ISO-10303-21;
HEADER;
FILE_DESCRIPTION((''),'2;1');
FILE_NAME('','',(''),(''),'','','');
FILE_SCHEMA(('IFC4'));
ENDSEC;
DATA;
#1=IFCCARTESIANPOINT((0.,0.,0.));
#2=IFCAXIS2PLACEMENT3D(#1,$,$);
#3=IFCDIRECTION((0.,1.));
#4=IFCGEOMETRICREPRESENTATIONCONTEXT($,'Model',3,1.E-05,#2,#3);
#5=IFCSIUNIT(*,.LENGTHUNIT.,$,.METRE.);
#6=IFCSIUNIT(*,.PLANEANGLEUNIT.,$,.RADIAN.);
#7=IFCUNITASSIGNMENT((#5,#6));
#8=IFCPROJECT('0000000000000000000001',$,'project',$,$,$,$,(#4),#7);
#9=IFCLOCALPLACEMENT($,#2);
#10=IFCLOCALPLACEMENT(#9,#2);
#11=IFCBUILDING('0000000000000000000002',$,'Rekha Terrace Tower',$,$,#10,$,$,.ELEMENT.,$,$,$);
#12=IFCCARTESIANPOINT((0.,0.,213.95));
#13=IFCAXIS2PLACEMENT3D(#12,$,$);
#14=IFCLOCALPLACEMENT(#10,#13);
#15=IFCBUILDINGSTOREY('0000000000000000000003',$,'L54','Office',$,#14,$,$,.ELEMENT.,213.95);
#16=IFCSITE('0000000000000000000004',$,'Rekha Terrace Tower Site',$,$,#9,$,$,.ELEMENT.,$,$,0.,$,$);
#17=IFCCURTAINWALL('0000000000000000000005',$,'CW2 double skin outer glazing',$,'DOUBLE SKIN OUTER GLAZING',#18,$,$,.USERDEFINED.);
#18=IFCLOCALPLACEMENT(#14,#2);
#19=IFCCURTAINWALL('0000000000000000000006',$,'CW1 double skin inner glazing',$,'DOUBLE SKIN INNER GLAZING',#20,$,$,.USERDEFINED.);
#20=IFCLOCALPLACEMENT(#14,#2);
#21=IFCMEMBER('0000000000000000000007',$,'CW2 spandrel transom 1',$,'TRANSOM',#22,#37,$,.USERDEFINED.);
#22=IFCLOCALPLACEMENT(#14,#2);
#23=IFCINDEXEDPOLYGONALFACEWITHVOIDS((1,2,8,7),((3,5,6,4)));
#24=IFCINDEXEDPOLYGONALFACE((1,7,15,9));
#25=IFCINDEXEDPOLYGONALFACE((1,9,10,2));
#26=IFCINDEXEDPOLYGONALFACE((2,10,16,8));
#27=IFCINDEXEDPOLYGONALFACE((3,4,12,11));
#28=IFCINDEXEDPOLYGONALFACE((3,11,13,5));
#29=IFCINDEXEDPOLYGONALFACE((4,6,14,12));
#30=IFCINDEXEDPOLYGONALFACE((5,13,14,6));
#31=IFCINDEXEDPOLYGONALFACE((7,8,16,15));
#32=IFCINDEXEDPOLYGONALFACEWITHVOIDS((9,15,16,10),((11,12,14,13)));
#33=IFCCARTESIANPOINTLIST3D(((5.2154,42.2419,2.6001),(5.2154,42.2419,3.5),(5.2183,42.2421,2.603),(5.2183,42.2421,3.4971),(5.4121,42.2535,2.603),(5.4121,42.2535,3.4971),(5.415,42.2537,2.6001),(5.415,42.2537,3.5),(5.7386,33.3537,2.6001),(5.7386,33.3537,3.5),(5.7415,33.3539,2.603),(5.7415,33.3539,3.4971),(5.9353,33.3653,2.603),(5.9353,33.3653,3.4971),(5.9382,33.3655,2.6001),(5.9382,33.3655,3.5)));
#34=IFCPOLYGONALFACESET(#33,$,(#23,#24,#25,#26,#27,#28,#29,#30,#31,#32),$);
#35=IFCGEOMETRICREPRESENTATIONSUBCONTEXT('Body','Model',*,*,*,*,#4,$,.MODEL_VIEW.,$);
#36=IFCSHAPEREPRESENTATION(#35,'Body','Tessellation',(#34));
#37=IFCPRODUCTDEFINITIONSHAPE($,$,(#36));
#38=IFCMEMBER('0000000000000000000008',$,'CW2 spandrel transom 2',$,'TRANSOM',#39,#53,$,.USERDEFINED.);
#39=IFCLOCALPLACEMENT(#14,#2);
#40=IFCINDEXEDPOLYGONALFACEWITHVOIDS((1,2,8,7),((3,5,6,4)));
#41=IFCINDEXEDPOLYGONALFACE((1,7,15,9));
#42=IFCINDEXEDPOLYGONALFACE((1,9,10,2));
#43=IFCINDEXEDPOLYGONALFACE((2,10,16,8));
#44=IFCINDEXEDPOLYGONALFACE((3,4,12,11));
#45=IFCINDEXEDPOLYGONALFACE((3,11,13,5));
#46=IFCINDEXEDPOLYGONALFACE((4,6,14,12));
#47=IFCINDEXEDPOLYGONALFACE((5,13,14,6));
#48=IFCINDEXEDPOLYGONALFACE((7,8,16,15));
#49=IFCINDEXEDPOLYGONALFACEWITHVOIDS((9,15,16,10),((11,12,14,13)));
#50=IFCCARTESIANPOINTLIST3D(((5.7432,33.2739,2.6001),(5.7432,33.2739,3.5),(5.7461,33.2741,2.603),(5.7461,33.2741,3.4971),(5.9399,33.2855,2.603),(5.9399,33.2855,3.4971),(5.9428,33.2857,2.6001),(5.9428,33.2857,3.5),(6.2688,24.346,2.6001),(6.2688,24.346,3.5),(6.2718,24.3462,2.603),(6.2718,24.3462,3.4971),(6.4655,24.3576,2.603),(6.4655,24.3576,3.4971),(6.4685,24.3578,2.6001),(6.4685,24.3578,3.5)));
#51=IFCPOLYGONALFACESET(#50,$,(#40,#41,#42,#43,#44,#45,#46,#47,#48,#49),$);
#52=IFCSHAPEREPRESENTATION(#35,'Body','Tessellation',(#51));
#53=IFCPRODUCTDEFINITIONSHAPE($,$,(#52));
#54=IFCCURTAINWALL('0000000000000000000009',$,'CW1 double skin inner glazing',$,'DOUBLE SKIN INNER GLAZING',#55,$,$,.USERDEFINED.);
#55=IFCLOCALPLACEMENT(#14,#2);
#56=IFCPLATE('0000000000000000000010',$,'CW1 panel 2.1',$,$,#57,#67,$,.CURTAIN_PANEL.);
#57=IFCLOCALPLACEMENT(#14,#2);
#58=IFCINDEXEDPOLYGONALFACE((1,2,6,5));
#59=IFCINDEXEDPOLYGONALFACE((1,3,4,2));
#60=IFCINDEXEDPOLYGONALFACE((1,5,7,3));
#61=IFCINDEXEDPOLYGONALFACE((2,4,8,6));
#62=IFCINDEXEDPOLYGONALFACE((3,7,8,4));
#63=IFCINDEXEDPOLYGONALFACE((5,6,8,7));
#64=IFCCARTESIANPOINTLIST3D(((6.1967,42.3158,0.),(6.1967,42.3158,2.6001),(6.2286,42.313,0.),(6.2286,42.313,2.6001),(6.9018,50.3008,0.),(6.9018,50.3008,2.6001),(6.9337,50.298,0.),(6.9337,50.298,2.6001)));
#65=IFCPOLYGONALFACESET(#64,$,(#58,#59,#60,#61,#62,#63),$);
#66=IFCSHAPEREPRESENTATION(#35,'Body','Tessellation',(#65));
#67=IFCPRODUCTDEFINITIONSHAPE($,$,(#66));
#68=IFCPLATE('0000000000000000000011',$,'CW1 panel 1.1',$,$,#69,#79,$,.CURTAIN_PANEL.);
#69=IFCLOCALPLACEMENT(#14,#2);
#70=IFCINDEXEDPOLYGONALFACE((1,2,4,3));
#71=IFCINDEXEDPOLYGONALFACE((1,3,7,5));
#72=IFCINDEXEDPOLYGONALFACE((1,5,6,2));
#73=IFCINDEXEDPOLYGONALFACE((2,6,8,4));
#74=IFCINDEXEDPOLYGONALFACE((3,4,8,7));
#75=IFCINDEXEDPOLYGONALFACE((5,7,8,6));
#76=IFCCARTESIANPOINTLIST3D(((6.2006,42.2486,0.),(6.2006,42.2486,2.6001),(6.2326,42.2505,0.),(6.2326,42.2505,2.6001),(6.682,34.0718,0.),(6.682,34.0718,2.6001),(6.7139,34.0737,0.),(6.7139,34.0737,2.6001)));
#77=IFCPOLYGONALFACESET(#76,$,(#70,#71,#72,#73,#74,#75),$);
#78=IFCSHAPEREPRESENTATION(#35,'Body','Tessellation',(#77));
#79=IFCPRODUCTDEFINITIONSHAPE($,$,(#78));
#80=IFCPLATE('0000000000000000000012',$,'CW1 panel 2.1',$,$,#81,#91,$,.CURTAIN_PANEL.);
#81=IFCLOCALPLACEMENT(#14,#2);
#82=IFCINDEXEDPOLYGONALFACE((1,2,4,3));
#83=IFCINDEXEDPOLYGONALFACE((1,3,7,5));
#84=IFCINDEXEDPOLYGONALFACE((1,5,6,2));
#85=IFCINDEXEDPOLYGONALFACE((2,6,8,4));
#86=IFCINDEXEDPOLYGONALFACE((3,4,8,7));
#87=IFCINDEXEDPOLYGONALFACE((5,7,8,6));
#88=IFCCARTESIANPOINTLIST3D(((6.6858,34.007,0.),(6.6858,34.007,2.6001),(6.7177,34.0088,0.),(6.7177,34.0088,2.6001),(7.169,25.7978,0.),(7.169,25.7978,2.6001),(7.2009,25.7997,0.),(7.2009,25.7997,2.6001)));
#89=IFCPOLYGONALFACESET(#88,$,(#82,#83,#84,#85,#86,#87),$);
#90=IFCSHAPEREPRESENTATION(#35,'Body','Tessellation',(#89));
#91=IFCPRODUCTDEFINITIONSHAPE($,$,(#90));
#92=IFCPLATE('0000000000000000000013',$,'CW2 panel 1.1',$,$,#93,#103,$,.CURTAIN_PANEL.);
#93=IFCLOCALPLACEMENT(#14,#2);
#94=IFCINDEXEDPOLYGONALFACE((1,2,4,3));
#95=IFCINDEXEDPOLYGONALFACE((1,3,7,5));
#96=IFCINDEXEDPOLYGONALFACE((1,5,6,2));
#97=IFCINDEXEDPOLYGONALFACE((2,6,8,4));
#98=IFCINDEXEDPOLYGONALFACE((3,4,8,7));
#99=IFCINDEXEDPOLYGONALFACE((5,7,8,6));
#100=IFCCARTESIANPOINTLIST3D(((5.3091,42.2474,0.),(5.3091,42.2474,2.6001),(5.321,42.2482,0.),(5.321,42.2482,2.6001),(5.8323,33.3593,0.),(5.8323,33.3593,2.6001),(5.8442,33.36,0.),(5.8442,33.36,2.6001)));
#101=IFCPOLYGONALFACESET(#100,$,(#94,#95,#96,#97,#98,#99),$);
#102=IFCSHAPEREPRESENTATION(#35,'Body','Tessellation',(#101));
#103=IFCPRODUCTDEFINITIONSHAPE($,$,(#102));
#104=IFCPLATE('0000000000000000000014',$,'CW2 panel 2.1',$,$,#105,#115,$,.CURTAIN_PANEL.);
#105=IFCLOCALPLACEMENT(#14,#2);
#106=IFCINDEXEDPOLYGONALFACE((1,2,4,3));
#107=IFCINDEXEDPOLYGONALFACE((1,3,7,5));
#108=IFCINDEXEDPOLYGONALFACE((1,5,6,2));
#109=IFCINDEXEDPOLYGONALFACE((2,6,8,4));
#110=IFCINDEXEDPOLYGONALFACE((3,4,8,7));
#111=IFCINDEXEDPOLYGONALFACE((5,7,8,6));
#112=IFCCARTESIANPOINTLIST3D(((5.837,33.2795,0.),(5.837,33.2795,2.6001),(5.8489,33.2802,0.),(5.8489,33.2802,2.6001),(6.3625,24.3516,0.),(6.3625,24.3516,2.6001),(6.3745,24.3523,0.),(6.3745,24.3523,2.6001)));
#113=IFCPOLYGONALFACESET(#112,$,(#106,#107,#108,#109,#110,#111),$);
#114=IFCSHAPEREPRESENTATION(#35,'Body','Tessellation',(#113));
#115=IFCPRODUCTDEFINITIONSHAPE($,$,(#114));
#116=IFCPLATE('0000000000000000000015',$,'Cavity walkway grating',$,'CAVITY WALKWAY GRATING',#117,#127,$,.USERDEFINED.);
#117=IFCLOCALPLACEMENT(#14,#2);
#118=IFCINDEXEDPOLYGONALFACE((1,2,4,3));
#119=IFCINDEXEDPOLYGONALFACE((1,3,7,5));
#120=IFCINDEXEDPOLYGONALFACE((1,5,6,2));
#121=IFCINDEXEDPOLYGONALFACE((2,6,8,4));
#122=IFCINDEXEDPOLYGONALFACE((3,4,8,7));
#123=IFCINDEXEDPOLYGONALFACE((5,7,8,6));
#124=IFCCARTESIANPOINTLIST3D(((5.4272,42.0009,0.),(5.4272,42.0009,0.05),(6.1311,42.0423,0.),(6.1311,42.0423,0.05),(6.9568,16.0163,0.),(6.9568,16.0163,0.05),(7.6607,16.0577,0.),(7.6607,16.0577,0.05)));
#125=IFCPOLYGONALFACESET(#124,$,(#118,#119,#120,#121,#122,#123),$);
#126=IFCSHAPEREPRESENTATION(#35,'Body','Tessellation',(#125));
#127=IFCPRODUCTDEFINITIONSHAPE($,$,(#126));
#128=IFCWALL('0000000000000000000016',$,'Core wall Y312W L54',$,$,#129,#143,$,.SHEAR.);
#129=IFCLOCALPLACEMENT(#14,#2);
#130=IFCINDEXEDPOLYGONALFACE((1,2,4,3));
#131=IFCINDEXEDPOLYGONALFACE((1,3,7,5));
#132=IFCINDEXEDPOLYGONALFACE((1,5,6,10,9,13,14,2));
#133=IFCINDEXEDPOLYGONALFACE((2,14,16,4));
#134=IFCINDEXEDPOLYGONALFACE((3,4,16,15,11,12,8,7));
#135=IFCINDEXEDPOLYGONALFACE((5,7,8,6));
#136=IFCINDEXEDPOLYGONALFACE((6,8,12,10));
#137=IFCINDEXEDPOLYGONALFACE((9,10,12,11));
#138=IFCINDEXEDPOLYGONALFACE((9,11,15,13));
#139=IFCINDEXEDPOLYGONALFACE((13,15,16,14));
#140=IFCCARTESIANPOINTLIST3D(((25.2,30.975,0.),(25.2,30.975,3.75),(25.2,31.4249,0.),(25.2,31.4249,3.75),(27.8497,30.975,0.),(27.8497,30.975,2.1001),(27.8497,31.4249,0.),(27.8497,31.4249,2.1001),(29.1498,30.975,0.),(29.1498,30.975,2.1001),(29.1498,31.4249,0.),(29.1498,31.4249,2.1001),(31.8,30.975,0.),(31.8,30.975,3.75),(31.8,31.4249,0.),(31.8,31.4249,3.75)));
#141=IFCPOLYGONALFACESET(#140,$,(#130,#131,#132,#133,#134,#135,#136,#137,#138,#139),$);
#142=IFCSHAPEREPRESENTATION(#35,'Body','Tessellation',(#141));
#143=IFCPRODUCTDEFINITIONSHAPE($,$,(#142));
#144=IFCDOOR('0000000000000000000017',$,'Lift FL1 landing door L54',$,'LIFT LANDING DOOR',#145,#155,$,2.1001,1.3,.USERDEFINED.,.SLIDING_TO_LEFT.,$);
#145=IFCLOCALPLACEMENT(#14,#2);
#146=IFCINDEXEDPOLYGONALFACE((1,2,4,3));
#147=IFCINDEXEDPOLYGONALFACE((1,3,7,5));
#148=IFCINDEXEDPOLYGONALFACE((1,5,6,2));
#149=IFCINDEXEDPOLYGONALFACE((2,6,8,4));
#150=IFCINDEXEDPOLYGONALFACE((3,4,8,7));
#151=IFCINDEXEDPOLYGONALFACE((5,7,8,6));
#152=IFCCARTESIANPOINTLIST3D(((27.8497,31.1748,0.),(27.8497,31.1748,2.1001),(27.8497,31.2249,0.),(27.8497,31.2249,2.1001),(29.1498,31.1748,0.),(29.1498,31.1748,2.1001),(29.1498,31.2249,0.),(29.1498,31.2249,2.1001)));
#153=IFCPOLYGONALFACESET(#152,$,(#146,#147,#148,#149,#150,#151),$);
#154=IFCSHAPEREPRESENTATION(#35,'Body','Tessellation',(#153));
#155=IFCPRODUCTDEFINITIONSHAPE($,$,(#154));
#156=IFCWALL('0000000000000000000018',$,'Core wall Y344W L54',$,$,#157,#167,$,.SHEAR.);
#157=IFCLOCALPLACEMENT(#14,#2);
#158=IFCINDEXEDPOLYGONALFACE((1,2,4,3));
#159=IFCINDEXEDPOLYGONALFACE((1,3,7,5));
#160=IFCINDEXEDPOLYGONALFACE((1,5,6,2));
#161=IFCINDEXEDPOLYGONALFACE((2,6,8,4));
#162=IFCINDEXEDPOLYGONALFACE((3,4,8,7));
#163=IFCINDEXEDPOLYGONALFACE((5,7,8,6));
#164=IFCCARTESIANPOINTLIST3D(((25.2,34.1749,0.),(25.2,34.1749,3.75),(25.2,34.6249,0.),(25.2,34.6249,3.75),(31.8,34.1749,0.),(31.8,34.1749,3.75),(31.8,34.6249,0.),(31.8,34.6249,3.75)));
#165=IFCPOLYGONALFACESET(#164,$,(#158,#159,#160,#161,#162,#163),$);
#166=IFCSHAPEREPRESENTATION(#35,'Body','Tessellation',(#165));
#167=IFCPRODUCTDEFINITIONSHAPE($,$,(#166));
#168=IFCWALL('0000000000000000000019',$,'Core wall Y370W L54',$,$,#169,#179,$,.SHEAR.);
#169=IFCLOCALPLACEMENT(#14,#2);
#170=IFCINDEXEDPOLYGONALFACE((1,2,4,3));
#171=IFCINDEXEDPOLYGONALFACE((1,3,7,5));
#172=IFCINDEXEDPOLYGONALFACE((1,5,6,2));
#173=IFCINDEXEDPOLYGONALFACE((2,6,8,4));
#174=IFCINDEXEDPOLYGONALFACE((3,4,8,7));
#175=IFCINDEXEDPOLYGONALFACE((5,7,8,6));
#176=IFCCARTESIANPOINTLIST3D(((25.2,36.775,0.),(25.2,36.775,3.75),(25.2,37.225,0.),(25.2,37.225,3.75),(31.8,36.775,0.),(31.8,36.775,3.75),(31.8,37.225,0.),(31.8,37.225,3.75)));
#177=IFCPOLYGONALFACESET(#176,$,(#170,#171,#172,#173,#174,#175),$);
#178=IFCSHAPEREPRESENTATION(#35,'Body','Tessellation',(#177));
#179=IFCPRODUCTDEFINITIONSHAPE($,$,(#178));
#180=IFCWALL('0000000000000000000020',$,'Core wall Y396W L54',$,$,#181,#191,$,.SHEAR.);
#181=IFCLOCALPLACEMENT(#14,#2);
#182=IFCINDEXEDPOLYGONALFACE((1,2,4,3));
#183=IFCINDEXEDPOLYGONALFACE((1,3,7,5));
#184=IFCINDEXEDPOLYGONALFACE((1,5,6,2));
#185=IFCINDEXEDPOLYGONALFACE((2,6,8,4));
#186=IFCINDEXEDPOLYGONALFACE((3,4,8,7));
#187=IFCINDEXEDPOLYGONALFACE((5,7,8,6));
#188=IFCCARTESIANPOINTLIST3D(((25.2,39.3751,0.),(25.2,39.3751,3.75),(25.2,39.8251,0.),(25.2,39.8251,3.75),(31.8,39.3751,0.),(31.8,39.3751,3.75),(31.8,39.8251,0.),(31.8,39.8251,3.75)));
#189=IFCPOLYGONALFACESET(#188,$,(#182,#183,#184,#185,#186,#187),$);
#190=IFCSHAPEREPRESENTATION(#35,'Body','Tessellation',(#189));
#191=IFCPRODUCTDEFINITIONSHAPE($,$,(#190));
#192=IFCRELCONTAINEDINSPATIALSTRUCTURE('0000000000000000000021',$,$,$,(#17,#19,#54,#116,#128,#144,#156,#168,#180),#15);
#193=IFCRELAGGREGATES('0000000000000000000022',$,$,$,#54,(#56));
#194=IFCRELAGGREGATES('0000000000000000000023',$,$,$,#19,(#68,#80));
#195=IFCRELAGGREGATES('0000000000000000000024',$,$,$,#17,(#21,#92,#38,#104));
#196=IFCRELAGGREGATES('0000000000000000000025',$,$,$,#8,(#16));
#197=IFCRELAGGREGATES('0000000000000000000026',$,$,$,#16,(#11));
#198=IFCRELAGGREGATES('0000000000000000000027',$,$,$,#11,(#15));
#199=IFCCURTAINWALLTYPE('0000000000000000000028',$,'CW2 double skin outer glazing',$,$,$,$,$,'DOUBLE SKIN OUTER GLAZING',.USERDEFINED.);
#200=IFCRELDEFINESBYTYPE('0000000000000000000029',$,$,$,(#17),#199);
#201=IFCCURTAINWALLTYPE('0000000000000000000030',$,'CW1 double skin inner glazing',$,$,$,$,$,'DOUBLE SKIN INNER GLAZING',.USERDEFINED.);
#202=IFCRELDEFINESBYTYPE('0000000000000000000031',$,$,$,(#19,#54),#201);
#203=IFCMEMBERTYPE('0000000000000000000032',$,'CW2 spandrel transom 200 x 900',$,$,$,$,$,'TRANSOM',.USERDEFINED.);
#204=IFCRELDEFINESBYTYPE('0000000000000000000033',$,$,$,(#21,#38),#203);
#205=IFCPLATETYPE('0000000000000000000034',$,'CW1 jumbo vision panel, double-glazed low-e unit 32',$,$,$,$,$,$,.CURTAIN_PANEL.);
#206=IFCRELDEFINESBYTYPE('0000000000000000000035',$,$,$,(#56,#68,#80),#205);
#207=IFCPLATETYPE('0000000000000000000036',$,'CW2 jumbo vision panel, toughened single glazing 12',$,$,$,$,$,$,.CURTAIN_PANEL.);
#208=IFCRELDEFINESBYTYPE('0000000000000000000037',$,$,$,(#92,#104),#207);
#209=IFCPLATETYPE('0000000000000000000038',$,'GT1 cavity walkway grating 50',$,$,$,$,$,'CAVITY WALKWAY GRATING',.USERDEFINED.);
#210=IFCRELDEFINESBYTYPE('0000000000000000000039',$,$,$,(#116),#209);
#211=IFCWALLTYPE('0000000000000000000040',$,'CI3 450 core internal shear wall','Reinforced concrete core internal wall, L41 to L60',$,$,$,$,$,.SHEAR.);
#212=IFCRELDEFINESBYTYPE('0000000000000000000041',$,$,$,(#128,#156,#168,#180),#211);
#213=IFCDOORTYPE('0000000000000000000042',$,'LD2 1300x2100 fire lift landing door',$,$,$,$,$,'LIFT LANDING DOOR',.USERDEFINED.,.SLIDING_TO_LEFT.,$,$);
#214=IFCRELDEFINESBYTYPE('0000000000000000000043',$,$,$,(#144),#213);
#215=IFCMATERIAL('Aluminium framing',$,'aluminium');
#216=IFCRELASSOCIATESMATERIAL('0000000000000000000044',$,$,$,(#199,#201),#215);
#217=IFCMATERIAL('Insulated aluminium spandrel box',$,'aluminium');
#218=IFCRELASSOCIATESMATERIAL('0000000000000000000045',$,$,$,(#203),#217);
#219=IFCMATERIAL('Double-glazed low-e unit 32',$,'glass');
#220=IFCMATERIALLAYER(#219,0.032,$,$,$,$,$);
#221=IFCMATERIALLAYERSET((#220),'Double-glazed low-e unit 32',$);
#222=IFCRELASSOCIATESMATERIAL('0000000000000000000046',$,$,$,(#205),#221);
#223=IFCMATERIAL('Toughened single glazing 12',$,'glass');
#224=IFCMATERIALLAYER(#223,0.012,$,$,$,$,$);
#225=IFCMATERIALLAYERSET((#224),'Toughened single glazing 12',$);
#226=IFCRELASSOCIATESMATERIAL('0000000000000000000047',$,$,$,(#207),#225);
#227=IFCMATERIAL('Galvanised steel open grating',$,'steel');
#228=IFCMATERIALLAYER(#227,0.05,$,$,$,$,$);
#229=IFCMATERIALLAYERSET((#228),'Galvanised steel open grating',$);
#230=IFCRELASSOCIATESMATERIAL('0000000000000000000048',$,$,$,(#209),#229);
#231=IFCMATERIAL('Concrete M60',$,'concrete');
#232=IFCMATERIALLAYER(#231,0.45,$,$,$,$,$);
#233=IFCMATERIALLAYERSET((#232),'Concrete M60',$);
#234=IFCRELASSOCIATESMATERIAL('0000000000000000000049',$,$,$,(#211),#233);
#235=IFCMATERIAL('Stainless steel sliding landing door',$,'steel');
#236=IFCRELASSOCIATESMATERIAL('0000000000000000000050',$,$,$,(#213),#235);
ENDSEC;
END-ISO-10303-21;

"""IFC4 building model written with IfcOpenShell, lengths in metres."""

from ifc_helpers import new_model, si_unit, direction, frame, frame_2d, origin, origin_2d, place, context, subcontext, project, spatial, rectangle, hollow_rectangle, extrude, material, layer, layer_set, material_profile, profile_set, type_object, element, fill, aggregate, save


model = new_model("IFC4")

# Units and contexts
model_context = context("Model", 3, precision=1e-05, world=origin(), true_north=direction((0.0, 1.0)))
body_context = subcontext(model_context, "Body", "Model", "MODEL_VIEW")
ifc_project = project(units=[si_unit("LENGTHUNIT", "METRE"), si_unit("PLANEANGLEUNIT", "RADIAN")], contexts=[model_context])

# Site, building, storey
site_placement = place(None, origin())
site = spatial("IfcSite", under=ifc_project, at=site_placement, Name="Rekha Terrace Tower Site", CompositionType="ELEMENT", RefElevation=0.0)
building_placement = place(site_placement, origin())
building = spatial("IfcBuilding", under=site, at=building_placement, Name="Rekha Terrace Tower", CompositionType="ELEMENT")
storey_placement = place(building_placement, frame((0.0, 0.0, 213.95)))
storey = spatial("IfcBuildingStorey", under=building, at=storey_placement, Name="L54", Description="Office", CompositionType="ELEMENT", Elevation=213.95)

# Curtain wall
ifc_material_1 = material(Name="Aluminium framing", Category="aluminium")
curtain_wall_type_1 = type_object("IfcCurtainWallType", Name="CW2 double skin outer glazing", ElementType="DOUBLE SKIN OUTER GLAZING", PredefinedType="USERDEFINED", material=ifc_material_1)
curtain_wall_1_placement = place(storey_placement, origin())
curtain_wall_1 = element("IfcCurtainWall", 1, at=curtain_wall_1_placement, inside=storey, type_object=curtain_wall_type_1, Name="CW2 double skin outer glazing", ObjectType="DOUBLE SKIN OUTER GLAZING", PredefinedType="USERDEFINED")

# Curtain wall
curtain_wall_type_2 = type_object("IfcCurtainWallType", Name="CW1 double skin inner glazing", ElementType="DOUBLE SKIN INNER GLAZING", PredefinedType="USERDEFINED", material=ifc_material_1)
curtain_wall_2_placement = place(storey_placement, origin())
curtain_wall_2 = element("IfcCurtainWall", 2, at=curtain_wall_2_placement, inside=storey, type_object=curtain_wall_type_2, Name="CW1 double skin inner glazing", ObjectType="DOUBLE SKIN INNER GLAZING", PredefinedType="USERDEFINED")
ifc_material_2 = material(Name="Insulated aluminium spandrel box", Category="aluminium")

# Members
ifc_material_profile_1 = material_profile(ifc_material_2, hollow_rectangle(XDim=0.2, YDim=0.8999, WallThickness=0.0029, at=origin_2d()), Name="AL SPANDREL BOX 200x900")
ifc_profile_set_1 = profile_set([ifc_material_profile_1], Name="Insulated aluminium spandrel box")
member_type_1 = type_object("IfcMemberType", Name="CW2 spandrel transom 200 x 900", ElementType="TRANSOM", PredefinedType="USERDEFINED", material=ifc_profile_set_1)
member_1_placement = place(storey_placement, frame((5.3152, 42.2478, 3.05), z_axis=(0.058762, -0.998272, 0.0), x_axis=(0.998272, 0.058762, 0.0)))
member_1 = element("IfcMember", 3, at=member_1_placement, type_object=member_type_1, Name="CW2 spandrel transom 1", ObjectType="TRANSOM", PredefinedType="USERDEFINED", context=body_context, shape_type="SweptSolid", body=[
    extrude(hollow_rectangle(XDim=0.2, YDim=0.8999, WallThickness=0.0029, at=origin_2d()), origin(), (0.0, 0.0, 1.0), 8.9036),
])
member_2_placement = place(storey_placement, frame((5.843, 33.2798, 3.05), z_axis=(0.058773, -0.998271, 0.0), x_axis=(0.998271, 0.058773, 0.0)))
member_2 = element("IfcMember", 4, at=member_2_placement, type_object=member_type_1, Name="CW2 spandrel transom 2", ObjectType="TRANSOM", PredefinedType="USERDEFINED", context=body_context, shape_type="SweptSolid", body=[
    extrude(hollow_rectangle(XDim=0.2, YDim=0.8999, WallThickness=0.0029, at=origin_2d()), origin(), (0.0, 0.0, 1.0), 8.9434),
])

# Curtain wall, plate
curtain_wall_3_placement = place(storey_placement, origin())
curtain_wall_3 = element("IfcCurtainWall", 5, at=curtain_wall_3_placement, inside=storey, type_object=curtain_wall_type_2, Name="CW1 double skin inner glazing", ObjectType="DOUBLE SKIN INNER GLAZING", PredefinedType="USERDEFINED")
ifc_material_3 = material(Name="Double-glazed low-e unit 32", Category="glass")
ifc_layer_1 = layer(ifc_material_3, 0.032)
ifc_layer_set_1 = layer_set([ifc_layer_1], Name="Double-glazed low-e unit 32")
plate_type_1 = type_object("IfcPlateType", Name="CW1 jumbo vision panel, double-glazed low-e unit 32", PredefinedType="CURTAIN_PANEL", material=ifc_layer_set_1)
plate_1_placement = place(storey_placement, frame((6.5652, 46.3069, 0.0), z_axis=(0.0, 0.0, 1.0), x_axis=(-0.087958, -0.996124, 0.0)))
plate_1 = element("IfcPlate", 6, at=plate_1_placement, type_object=plate_type_1, Name="CW1 panel 2.1", PredefinedType="CURTAIN_PANEL", context=body_context, shape_type="SweptSolid", body=[
    extrude(rectangle(XDim=8.0161, YDim=0.032, at=origin_2d()), origin(), (0.0, 0.0, 1.0), 2.6001),
])
aggregate(curtain_wall_3, [plate_1])

# Plates
plate_2_placement = place(storey_placement, frame((6.4573, 38.1611, 0.0), z_axis=(0.0, 0.0, 1.0), x_axis=(0.058765, -0.998272, 0.0)))
plate_2 = element("IfcPlate", 7, at=plate_2_placement, type_object=plate_type_1, Name="CW1 panel 1.1", PredefinedType="CURTAIN_PANEL", context=body_context, shape_type="SweptSolid", body=[
    extrude(rectangle(XDim=8.1909, YDim=0.032, at=origin_2d()), origin(), (0.0, 0.0, 1.0), 2.6001),
])
plate_3_placement = place(storey_placement, frame((6.9434, 29.9033, 0.0), z_axis=(0.0, 0.0, 1.0), x_axis=(0.058765, -0.998272, 0.0)))
plate_3 = element("IfcPlate", 8, at=plate_3_placement, type_object=plate_type_1, Name="CW1 panel 2.1", PredefinedType="CURTAIN_PANEL", context=body_context, shape_type="SweptSolid", body=[
    extrude(rectangle(XDim=8.2234, YDim=0.032, at=origin_2d()), origin(), (0.0, 0.0, 1.0), 2.6001),
])
aggregate(curtain_wall_2, [plate_2, plate_3])
ifc_material_4 = material(Name="Toughened single glazing 12", Category="glass")
ifc_layer_2 = layer(ifc_material_4, 0.012)
ifc_layer_set_2 = layer_set([ifc_layer_2], Name="Toughened single glazing 12")
plate_type_2 = type_object("IfcPlateType", Name="CW2 jumbo vision panel, toughened single glazing 12", PredefinedType="CURTAIN_PANEL", material=ifc_layer_set_2)
plate_4_placement = place(storey_placement, frame((5.5767, 37.8037, 0.0), z_axis=(0.0, 0.0, 1.0), x_axis=(0.058765, -0.998272, 0.0)))
plate_4 = element("IfcPlate", 9, at=plate_4_placement, type_object=plate_type_2, Name="CW2 panel 1.1", PredefinedType="CURTAIN_PANEL", context=body_context, shape_type="SweptSolid", body=[
    extrude(rectangle(XDim=8.9036, YDim=0.012, at=origin_2d()), origin(), (0.0, 0.0, 1.0), 2.6001),
])
plate_5_placement = place(storey_placement, frame((6.1057, 28.8159, 0.0), z_axis=(0.0, 0.0, 1.0), x_axis=(0.058765, -0.998272, 0.0)))
plate_5 = element("IfcPlate", 10, at=plate_5_placement, type_object=plate_type_2, Name="CW2 panel 2.1", PredefinedType="CURTAIN_PANEL", context=body_context, shape_type="SweptSolid", body=[
    extrude(rectangle(XDim=8.9434, YDim=0.012, at=origin_2d()), origin(), (0.0, 0.0, 1.0), 2.6001),
])
aggregate(curtain_wall_1, [member_1, plate_4, member_2, plate_5])
ifc_material_5 = material(Name="Galvanised steel open grating", Category="steel")
ifc_layer_3 = layer(ifc_material_5, 0.05)
ifc_layer_set_3 = layer_set([ifc_layer_3], Name="Galvanised steel open grating")
plate_type_3 = type_object("IfcPlateType", Name="GT1 cavity walkway grating 50", ElementType="CAVITY WALKWAY GRATING", PredefinedType="USERDEFINED", material=ifc_layer_set_3)
plate_6_placement = place(storey_placement, frame((6.5439, 29.0293, 0.0), z_axis=(0.0, 0.0, 1.0), x_axis=(0.058765, -0.998272, 0.0)))
element("IfcPlate", 11, at=plate_6_placement, inside=storey, type_object=plate_type_3, Name="Cavity walkway grating", ObjectType="CAVITY WALKWAY GRATING", PredefinedType="USERDEFINED", context=body_context, shape_type="SweptSolid", body=[
    extrude(rectangle(XDim=26.0295, YDim=0.7051, at=origin_2d()), origin(), (0.0, 0.0, 1.0), 0.05),
])

# Wall, opening, door
ifc_material_6 = material(Name="Concrete M60", Category="concrete")
ifc_layer_4 = layer(ifc_material_6, 0.45)
ifc_layer_set_4 = layer_set([ifc_layer_4], Name="Concrete M60")
wall_type_1 = type_object("IfcWallType", Name="CI3 450 core internal shear wall", Description="Reinforced concrete core internal wall, L41 to L60", PredefinedType="SHEAR", material=ifc_layer_set_4)
wall_1_placement = place(storey_placement, frame((25.2, 31.2, 0.0), z_axis=(0.0, 0.0, 1.0), x_axis=(1.0, 0.0, 0.0)))
wall_1 = element("IfcWall", 12, at=wall_1_placement, inside=storey, type_object=wall_type_1, Name="Core wall Y312W L54", PredefinedType="SHEAR", context=body_context, shape_type="SweptSolid", body=[
    extrude(rectangle(XDim=6.6001, YDim=0.45, at=frame_2d((3.3, 0.0))), origin(), (0.0, 0.0, 1.0), 3.75),
])
opening_placement = place(wall_1_placement, frame((2.6499, 0.0, 0.0)))
opening = element("IfcOpeningElement", 13, at=opening_placement, cuts=wall_1, PredefinedType="OPENING", context=body_context, shape_type="SweptSolid", body=[
    extrude(rectangle(XDim=1.3, YDim=2.1001, at=frame_2d((0.6499, 1.05))), frame((0.0, 0.2349, 0.0), z_axis=(0.0, -1.0, 0.0), x_axis=(1.0, 0.0, 0.0)), (0.0, 0.0, 1.0), 0.47),
])
ifc_material_7 = material(Name="Stainless steel sliding landing door", Category="steel")
door_type = type_object("IfcDoorType", Name="LD2 1300x2100 fire lift landing door", ElementType="LIFT LANDING DOOR", OperationType="SLIDING_TO_LEFT", PredefinedType="USERDEFINED", material=ifc_material_7)
door_placement = place(opening_placement, origin())
door = element("IfcDoor", 14, at=door_placement, inside=storey, type_object=door_type, Name="Lift FL1 landing door L54", ObjectType="LIFT LANDING DOOR", OperationType="SLIDING_TO_LEFT", OverallHeight=2.1001, OverallWidth=1.3, PredefinedType="USERDEFINED", context=body_context, shape_type="SweptSolid", body=[
    extrude(rectangle(XDim=1.3, YDim=2.1001, at=frame_2d((0.6499, 1.05))), frame((0.0, 0.0249, 0.0), z_axis=(0.0, -1.0, 0.0), x_axis=(1.0, 0.0, 0.0)), (0.0, 0.0, 1.0), 0.05),
])
fill(opening, door)

# Walls
for number, where, z_axis, x_axis, name in (
    (15, (25.2, 34.3999, 0.0), (0.0, 0.0, 1.0), (1.0, 0.0, 0.0), "Core wall Y344W L54"),
    (16, (25.2, 37.0, 0.0), (0.0, 0.0, 1.0), (1.0, 0.0, 0.0), "Core wall Y370W L54"),
    (17, (25.2, 39.6001, 0.0), (0.0, 0.0, 1.0), (1.0, 0.0, 0.0), "Core wall Y396W L54"),
):
    element("IfcWall", number, at=place(storey_placement, frame(where, z_axis=z_axis, x_axis=x_axis)), inside=storey, type_object=wall_type_1, Name=name, PredefinedType="SHEAR", context=body_context, shape_type="SweptSolid", body=[
        extrude(rectangle(XDim=6.6001, YDim=0.45, at=frame_2d((3.3, 0.0))), origin(), (0.0, 0.0, 1.0), 3.75),
    ])

save(model, "model.ifc")
